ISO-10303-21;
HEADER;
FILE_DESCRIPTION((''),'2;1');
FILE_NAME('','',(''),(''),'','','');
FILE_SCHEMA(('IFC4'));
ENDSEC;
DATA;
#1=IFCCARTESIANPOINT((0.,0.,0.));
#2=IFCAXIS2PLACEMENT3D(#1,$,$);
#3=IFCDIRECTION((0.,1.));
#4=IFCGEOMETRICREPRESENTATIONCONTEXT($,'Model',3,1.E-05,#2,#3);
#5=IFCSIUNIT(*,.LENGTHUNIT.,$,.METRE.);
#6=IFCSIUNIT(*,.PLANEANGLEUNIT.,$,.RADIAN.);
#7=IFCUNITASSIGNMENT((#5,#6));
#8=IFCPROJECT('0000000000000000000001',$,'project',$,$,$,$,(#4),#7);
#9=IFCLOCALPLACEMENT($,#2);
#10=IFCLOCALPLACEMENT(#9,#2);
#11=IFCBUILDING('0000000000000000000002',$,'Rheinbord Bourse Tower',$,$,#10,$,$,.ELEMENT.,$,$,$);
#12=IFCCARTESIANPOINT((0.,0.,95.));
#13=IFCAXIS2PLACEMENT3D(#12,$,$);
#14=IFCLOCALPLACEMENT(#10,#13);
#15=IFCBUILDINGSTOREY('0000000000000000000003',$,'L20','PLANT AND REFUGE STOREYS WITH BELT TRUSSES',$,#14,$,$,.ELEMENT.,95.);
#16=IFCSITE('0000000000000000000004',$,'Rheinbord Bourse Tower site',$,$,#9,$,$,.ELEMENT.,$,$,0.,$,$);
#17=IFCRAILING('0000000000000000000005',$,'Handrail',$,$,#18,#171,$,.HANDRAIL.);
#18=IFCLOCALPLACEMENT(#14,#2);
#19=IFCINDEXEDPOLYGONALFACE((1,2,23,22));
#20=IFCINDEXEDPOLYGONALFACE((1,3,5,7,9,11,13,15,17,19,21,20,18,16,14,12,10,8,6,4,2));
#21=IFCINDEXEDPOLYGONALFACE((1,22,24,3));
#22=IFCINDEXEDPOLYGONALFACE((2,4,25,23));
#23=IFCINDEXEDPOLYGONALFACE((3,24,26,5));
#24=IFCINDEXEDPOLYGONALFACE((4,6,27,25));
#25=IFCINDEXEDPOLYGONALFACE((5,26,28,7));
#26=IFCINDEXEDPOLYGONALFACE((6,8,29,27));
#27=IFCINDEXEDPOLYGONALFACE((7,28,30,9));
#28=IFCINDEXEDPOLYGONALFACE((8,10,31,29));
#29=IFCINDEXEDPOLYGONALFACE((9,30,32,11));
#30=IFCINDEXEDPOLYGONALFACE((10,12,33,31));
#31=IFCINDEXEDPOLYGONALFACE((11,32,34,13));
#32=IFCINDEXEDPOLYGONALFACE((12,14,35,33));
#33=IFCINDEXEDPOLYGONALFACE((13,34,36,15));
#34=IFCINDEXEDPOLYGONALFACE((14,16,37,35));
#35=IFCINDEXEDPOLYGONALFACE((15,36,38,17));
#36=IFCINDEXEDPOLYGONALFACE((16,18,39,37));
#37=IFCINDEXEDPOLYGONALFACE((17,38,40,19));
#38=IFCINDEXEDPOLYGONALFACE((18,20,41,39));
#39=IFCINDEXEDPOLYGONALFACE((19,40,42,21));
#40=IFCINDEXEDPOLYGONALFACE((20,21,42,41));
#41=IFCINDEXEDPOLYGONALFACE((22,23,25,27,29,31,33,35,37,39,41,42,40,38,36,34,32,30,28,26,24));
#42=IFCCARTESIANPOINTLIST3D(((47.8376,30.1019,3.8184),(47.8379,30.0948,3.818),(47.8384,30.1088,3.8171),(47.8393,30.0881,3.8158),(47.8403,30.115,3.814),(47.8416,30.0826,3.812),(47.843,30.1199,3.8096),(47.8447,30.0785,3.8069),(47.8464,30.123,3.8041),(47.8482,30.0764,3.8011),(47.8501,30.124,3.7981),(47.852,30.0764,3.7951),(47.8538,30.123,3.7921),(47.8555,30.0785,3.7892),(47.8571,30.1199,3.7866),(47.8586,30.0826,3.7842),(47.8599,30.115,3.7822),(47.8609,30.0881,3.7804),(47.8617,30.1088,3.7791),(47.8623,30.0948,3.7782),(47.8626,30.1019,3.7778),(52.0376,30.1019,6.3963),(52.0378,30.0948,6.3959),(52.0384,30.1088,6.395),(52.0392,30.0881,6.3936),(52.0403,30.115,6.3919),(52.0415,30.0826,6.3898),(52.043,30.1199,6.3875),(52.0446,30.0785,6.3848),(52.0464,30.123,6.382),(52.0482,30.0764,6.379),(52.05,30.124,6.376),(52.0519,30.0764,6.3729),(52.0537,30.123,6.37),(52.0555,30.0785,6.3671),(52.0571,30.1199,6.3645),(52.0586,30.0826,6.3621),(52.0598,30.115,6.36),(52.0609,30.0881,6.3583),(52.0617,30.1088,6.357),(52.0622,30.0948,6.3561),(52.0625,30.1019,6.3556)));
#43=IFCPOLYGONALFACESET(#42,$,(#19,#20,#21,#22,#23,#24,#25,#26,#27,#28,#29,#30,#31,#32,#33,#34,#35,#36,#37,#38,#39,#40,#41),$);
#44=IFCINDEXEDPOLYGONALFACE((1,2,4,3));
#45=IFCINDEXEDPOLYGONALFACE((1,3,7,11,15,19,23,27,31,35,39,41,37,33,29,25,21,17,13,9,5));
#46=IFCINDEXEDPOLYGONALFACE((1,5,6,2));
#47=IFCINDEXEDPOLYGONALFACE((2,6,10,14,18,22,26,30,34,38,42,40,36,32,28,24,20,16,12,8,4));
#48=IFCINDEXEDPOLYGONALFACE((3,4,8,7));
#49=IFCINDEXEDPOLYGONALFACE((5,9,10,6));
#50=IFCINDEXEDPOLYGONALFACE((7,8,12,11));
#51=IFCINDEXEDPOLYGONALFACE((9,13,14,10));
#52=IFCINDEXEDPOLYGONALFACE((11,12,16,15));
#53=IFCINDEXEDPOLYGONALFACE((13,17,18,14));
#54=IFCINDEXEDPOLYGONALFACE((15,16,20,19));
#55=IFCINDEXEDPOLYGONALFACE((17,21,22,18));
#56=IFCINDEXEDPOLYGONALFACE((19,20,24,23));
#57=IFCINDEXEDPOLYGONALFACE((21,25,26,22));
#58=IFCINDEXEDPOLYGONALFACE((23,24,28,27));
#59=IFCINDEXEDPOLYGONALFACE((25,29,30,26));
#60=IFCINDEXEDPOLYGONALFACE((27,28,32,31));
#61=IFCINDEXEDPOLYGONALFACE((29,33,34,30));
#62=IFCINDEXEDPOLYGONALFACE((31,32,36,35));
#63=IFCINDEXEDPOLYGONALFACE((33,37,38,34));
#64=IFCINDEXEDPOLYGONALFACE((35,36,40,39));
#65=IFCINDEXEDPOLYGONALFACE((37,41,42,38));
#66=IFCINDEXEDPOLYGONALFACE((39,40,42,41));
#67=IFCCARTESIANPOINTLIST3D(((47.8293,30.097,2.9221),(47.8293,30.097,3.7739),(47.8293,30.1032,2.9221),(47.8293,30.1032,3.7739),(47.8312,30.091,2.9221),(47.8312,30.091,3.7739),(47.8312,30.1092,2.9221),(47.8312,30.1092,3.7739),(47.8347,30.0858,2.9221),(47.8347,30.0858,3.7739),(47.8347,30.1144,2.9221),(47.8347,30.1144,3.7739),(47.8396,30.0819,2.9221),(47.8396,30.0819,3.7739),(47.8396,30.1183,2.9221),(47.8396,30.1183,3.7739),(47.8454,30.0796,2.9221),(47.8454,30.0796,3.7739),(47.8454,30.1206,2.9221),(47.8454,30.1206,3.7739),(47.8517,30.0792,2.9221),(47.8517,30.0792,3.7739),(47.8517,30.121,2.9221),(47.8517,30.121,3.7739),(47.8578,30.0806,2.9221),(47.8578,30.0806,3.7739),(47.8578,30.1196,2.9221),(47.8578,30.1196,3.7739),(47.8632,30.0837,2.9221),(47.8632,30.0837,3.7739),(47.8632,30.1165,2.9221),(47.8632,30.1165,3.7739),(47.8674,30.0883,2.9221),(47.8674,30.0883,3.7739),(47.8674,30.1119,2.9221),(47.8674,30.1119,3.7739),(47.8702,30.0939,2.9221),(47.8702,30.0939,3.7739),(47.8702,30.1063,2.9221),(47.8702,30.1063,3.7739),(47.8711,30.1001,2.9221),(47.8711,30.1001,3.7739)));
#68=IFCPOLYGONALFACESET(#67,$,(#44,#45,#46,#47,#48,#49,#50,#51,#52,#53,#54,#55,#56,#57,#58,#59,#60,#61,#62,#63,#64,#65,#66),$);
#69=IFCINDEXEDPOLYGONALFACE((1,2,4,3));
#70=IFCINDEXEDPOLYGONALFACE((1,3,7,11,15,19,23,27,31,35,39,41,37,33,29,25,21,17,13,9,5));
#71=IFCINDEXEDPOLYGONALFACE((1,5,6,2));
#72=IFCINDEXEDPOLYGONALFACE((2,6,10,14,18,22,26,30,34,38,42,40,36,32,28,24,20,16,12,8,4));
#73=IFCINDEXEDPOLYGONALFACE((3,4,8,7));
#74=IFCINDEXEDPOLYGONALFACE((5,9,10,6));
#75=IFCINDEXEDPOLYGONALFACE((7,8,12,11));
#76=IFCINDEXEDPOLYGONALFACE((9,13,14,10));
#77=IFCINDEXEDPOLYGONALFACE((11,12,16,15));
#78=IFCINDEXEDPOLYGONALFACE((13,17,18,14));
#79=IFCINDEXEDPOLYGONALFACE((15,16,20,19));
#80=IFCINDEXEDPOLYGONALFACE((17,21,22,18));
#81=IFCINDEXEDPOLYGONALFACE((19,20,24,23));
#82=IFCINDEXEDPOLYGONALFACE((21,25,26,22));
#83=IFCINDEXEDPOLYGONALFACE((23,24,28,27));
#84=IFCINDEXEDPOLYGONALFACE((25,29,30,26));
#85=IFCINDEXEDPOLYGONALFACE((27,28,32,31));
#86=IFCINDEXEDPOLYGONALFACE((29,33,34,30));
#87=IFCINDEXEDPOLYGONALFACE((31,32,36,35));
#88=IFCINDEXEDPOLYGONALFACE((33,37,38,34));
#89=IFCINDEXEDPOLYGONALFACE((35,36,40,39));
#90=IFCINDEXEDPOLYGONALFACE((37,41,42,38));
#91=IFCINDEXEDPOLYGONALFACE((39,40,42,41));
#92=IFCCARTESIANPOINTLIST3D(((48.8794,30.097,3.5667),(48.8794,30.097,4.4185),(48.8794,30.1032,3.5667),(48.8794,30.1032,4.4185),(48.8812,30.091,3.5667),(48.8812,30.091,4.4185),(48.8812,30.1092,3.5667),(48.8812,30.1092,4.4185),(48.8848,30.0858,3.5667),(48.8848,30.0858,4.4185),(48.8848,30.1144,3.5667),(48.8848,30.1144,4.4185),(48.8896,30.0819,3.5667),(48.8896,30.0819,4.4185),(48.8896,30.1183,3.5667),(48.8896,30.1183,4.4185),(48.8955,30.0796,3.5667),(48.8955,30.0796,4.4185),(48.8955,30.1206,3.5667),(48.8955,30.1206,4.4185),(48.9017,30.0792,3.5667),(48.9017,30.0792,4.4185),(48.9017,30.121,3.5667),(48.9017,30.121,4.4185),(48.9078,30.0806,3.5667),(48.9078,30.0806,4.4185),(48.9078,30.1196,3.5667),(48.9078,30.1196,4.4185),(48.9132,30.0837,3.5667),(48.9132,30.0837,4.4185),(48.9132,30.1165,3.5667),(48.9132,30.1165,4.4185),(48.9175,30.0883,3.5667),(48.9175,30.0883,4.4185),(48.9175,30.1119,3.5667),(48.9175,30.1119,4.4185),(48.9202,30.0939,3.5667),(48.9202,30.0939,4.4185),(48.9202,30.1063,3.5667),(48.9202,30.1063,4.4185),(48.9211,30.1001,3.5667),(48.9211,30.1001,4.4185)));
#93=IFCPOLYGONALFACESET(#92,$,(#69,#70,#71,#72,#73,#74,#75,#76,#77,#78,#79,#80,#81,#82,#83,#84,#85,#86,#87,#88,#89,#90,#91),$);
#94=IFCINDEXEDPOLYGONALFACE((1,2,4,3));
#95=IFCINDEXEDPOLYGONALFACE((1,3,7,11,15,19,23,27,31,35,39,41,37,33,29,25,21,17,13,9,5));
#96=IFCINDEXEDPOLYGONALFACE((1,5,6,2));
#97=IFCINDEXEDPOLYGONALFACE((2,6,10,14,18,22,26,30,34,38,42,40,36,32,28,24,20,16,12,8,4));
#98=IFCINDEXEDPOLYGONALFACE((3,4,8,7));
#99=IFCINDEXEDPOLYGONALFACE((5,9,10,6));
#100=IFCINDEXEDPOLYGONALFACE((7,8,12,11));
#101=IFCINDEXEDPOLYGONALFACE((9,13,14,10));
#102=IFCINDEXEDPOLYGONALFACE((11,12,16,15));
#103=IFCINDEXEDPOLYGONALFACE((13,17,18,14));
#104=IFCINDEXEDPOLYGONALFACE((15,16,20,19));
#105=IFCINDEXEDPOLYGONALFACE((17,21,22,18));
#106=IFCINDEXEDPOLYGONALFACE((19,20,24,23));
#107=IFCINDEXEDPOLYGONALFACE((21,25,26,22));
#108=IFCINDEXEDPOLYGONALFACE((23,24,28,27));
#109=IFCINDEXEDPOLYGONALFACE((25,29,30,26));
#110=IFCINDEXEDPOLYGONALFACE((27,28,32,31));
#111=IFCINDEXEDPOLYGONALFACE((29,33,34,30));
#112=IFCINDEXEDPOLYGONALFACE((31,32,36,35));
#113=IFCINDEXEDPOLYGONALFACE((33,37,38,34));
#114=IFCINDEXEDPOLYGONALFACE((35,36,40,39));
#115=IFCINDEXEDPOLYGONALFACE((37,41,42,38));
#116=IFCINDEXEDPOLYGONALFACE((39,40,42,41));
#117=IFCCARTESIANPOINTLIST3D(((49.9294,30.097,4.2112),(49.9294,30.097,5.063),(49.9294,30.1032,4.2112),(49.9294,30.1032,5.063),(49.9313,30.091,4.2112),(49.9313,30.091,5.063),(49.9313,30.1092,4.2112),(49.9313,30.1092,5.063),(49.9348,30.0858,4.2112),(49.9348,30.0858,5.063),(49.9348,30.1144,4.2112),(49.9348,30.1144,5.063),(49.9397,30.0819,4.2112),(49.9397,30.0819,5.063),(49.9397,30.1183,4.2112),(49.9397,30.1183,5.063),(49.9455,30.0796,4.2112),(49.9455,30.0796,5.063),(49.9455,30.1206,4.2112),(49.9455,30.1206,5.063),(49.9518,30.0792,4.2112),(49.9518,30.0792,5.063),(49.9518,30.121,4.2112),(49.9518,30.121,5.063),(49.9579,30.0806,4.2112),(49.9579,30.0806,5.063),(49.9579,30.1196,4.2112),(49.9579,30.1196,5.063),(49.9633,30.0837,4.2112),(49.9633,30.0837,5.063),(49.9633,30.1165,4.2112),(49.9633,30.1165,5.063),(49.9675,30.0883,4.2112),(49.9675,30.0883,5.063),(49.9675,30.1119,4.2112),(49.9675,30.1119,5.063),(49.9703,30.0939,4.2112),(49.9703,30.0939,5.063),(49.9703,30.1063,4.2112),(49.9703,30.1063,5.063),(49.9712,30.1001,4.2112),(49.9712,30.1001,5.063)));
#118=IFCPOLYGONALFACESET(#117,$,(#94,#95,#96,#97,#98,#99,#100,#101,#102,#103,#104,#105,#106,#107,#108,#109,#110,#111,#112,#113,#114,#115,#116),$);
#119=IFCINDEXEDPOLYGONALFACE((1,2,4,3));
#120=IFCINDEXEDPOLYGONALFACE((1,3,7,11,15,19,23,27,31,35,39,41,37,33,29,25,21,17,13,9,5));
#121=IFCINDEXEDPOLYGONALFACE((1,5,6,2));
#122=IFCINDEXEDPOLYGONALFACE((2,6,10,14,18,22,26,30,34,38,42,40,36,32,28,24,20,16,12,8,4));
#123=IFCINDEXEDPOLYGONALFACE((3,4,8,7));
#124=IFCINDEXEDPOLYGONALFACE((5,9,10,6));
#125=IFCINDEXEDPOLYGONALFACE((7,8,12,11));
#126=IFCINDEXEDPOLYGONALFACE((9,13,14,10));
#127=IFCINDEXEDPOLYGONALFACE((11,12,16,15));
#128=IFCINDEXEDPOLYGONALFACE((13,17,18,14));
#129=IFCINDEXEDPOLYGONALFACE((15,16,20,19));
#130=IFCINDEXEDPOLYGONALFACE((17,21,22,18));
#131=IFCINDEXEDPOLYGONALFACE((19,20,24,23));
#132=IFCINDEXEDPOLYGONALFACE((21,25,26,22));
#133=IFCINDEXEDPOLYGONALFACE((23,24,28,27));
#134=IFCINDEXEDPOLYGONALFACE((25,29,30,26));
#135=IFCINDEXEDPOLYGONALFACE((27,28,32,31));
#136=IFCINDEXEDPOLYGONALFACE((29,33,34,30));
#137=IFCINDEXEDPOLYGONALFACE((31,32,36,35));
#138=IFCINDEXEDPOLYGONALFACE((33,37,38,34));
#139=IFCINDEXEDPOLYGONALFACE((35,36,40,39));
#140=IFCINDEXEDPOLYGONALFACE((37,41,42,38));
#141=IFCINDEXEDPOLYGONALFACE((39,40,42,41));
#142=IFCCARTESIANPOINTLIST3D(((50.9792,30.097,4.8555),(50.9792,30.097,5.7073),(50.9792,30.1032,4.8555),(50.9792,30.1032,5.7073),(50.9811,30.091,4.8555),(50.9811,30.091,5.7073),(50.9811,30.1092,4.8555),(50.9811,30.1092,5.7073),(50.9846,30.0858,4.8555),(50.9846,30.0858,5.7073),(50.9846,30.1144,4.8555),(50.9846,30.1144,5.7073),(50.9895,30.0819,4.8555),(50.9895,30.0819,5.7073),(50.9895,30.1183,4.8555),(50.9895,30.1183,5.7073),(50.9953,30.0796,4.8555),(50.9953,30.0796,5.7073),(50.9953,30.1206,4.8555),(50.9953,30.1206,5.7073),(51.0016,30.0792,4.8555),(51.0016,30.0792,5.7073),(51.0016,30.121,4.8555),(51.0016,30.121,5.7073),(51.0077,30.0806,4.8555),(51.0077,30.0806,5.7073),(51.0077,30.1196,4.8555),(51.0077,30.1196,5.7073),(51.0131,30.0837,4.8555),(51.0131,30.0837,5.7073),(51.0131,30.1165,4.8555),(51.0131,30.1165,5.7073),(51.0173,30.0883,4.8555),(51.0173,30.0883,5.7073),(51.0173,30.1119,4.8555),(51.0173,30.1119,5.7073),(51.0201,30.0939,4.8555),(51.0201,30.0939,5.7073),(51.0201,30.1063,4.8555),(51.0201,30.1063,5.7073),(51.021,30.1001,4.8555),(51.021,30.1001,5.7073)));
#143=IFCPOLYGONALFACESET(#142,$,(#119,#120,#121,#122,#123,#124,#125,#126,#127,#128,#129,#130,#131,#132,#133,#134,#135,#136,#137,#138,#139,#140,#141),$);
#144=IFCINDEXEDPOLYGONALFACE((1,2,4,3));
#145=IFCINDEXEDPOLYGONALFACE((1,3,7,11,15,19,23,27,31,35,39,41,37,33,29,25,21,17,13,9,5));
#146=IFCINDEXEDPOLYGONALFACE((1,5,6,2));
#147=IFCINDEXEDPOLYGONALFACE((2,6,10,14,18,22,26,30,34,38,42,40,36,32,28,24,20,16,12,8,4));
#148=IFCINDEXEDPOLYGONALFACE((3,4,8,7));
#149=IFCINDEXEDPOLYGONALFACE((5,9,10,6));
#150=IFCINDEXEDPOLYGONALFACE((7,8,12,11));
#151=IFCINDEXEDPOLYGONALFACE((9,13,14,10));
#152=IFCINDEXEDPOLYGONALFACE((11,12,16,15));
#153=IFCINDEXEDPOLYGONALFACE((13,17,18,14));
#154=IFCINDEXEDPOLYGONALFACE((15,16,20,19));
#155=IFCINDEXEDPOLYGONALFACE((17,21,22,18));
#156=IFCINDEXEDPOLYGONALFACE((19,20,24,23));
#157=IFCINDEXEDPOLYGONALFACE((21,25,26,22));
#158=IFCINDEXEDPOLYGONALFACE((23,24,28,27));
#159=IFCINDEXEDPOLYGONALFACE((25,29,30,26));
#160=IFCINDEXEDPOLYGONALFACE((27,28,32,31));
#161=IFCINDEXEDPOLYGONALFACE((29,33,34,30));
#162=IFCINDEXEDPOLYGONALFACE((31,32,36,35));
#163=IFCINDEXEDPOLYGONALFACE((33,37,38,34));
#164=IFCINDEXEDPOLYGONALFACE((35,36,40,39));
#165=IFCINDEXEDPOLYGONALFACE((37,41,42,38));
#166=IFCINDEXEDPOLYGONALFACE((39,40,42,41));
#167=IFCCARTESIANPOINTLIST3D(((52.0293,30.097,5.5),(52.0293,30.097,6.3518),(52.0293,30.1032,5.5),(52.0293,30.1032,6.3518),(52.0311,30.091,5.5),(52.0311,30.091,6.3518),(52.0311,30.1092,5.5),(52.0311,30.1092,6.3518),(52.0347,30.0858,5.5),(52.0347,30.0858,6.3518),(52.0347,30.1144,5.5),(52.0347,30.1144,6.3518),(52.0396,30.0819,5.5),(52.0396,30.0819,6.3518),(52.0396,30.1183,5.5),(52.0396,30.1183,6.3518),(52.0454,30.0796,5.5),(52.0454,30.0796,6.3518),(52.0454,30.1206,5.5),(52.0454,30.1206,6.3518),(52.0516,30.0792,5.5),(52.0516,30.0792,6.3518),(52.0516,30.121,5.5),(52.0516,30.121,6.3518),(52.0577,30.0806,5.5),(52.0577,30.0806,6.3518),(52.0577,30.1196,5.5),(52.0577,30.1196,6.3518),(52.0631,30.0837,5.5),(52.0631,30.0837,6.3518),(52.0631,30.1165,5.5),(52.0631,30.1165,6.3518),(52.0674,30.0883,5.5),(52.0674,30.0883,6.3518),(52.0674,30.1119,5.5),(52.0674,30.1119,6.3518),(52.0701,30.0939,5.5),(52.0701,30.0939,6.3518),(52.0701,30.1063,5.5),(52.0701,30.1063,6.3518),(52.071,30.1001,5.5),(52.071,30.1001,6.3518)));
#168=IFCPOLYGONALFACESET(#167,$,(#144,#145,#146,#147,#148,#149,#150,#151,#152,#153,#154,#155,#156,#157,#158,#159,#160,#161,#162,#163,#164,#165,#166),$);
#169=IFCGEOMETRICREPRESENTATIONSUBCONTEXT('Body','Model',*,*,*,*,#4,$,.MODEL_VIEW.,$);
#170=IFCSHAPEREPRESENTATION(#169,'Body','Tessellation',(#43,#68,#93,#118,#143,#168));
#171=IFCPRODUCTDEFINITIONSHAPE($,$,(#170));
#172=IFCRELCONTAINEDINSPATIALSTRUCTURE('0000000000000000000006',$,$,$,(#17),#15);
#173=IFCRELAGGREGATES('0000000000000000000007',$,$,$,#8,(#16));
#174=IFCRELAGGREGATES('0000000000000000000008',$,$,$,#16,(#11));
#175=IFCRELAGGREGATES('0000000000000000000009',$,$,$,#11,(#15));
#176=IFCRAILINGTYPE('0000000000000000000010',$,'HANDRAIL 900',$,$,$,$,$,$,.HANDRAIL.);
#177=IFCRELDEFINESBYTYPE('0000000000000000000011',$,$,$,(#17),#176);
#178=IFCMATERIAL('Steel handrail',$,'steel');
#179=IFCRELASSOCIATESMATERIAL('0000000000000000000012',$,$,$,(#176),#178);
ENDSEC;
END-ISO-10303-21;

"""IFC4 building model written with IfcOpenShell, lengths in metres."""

from ifc_helpers import new_model, si_unit, direction, frame, origin, origin_2d, place, context, subcontext, project, spatial, circle, extrude, material, type_object, element, save


model = new_model("IFC4")

# Units and contexts
model_context = context("Model", 3, precision=1e-05, world=origin(), true_north=direction((0.0, 1.0)))
body_context = subcontext(model_context, "Body", "Model", "MODEL_VIEW")
ifc_project = project(units=[si_unit("LENGTHUNIT", "METRE"), si_unit("PLANEANGLEUNIT", "RADIAN")], contexts=[model_context])

# Site, building, storey
site_placement = place(None, origin())
site = spatial("IfcSite", under=ifc_project, at=site_placement, Name="Rheinbord Bourse Tower site", CompositionType="ELEMENT", RefElevation=0.0)
building_placement = place(site_placement, origin())
building = spatial("IfcBuilding", under=site, at=building_placement, Name="Rheinbord Bourse Tower", CompositionType="ELEMENT")
storey_placement = place(building_placement, frame((0.0, 0.0, 95.0)))
storey = spatial("IfcBuildingStorey", under=building, at=storey_placement, Name="L20", Description="PLANT AND REFUGE STOREYS WITH BELT TRUSSES", CompositionType="ELEMENT", Elevation=95.0)

# Railing
ifc_material_1 = material(Name="Steel handrail", Category="steel")
railing_type = type_object("IfcRailingType", Name="HANDRAIL 900", PredefinedType="HANDRAIL", material=ifc_material_1)
railing_1_placement = place(storey_placement, frame((47.8501, 30.1001, 2.9221)))
element("IfcRailing", 1, at=railing_1_placement, inside=storey, type_object=railing_type, Name="Handrail", PredefinedType="HANDRAIL", context=body_context, shape_type="SweptSolid", body=[
    extrude(circle(Radius=0.0239, at=origin_2d()), frame((0.0, 0.0, 0.876), z_axis=(0.852265, 0.0, 0.52311), x_axis=(0.0, 1.0, 0.0)), (0.0, 0.0, 1.0), 4.928),
    extrude(circle(Radius=0.021, at=origin_2d()), origin(), (0.0, 0.0, 1.0), 0.8518),
    extrude(circle(Radius=0.021, at=origin_2d()), frame((1.05, 0.0, 0.6445)), (0.0, 0.0, 1.0), 0.8518),
    extrude(circle(Radius=0.021, at=origin_2d()), frame((2.1001, 0.0, 1.2891)), (0.0, 0.0, 1.0), 0.8518),
    extrude(circle(Radius=0.021, at=origin_2d()), frame((3.1499, 0.0, 1.9333)), (0.0, 0.0, 1.0), 0.8518),
    extrude(circle(Radius=0.021, at=origin_2d()), frame((4.2, 0.0, 2.5779)), (0.0, 0.0, 1.0), 0.8518),
])

save(model, "model.ifc")
